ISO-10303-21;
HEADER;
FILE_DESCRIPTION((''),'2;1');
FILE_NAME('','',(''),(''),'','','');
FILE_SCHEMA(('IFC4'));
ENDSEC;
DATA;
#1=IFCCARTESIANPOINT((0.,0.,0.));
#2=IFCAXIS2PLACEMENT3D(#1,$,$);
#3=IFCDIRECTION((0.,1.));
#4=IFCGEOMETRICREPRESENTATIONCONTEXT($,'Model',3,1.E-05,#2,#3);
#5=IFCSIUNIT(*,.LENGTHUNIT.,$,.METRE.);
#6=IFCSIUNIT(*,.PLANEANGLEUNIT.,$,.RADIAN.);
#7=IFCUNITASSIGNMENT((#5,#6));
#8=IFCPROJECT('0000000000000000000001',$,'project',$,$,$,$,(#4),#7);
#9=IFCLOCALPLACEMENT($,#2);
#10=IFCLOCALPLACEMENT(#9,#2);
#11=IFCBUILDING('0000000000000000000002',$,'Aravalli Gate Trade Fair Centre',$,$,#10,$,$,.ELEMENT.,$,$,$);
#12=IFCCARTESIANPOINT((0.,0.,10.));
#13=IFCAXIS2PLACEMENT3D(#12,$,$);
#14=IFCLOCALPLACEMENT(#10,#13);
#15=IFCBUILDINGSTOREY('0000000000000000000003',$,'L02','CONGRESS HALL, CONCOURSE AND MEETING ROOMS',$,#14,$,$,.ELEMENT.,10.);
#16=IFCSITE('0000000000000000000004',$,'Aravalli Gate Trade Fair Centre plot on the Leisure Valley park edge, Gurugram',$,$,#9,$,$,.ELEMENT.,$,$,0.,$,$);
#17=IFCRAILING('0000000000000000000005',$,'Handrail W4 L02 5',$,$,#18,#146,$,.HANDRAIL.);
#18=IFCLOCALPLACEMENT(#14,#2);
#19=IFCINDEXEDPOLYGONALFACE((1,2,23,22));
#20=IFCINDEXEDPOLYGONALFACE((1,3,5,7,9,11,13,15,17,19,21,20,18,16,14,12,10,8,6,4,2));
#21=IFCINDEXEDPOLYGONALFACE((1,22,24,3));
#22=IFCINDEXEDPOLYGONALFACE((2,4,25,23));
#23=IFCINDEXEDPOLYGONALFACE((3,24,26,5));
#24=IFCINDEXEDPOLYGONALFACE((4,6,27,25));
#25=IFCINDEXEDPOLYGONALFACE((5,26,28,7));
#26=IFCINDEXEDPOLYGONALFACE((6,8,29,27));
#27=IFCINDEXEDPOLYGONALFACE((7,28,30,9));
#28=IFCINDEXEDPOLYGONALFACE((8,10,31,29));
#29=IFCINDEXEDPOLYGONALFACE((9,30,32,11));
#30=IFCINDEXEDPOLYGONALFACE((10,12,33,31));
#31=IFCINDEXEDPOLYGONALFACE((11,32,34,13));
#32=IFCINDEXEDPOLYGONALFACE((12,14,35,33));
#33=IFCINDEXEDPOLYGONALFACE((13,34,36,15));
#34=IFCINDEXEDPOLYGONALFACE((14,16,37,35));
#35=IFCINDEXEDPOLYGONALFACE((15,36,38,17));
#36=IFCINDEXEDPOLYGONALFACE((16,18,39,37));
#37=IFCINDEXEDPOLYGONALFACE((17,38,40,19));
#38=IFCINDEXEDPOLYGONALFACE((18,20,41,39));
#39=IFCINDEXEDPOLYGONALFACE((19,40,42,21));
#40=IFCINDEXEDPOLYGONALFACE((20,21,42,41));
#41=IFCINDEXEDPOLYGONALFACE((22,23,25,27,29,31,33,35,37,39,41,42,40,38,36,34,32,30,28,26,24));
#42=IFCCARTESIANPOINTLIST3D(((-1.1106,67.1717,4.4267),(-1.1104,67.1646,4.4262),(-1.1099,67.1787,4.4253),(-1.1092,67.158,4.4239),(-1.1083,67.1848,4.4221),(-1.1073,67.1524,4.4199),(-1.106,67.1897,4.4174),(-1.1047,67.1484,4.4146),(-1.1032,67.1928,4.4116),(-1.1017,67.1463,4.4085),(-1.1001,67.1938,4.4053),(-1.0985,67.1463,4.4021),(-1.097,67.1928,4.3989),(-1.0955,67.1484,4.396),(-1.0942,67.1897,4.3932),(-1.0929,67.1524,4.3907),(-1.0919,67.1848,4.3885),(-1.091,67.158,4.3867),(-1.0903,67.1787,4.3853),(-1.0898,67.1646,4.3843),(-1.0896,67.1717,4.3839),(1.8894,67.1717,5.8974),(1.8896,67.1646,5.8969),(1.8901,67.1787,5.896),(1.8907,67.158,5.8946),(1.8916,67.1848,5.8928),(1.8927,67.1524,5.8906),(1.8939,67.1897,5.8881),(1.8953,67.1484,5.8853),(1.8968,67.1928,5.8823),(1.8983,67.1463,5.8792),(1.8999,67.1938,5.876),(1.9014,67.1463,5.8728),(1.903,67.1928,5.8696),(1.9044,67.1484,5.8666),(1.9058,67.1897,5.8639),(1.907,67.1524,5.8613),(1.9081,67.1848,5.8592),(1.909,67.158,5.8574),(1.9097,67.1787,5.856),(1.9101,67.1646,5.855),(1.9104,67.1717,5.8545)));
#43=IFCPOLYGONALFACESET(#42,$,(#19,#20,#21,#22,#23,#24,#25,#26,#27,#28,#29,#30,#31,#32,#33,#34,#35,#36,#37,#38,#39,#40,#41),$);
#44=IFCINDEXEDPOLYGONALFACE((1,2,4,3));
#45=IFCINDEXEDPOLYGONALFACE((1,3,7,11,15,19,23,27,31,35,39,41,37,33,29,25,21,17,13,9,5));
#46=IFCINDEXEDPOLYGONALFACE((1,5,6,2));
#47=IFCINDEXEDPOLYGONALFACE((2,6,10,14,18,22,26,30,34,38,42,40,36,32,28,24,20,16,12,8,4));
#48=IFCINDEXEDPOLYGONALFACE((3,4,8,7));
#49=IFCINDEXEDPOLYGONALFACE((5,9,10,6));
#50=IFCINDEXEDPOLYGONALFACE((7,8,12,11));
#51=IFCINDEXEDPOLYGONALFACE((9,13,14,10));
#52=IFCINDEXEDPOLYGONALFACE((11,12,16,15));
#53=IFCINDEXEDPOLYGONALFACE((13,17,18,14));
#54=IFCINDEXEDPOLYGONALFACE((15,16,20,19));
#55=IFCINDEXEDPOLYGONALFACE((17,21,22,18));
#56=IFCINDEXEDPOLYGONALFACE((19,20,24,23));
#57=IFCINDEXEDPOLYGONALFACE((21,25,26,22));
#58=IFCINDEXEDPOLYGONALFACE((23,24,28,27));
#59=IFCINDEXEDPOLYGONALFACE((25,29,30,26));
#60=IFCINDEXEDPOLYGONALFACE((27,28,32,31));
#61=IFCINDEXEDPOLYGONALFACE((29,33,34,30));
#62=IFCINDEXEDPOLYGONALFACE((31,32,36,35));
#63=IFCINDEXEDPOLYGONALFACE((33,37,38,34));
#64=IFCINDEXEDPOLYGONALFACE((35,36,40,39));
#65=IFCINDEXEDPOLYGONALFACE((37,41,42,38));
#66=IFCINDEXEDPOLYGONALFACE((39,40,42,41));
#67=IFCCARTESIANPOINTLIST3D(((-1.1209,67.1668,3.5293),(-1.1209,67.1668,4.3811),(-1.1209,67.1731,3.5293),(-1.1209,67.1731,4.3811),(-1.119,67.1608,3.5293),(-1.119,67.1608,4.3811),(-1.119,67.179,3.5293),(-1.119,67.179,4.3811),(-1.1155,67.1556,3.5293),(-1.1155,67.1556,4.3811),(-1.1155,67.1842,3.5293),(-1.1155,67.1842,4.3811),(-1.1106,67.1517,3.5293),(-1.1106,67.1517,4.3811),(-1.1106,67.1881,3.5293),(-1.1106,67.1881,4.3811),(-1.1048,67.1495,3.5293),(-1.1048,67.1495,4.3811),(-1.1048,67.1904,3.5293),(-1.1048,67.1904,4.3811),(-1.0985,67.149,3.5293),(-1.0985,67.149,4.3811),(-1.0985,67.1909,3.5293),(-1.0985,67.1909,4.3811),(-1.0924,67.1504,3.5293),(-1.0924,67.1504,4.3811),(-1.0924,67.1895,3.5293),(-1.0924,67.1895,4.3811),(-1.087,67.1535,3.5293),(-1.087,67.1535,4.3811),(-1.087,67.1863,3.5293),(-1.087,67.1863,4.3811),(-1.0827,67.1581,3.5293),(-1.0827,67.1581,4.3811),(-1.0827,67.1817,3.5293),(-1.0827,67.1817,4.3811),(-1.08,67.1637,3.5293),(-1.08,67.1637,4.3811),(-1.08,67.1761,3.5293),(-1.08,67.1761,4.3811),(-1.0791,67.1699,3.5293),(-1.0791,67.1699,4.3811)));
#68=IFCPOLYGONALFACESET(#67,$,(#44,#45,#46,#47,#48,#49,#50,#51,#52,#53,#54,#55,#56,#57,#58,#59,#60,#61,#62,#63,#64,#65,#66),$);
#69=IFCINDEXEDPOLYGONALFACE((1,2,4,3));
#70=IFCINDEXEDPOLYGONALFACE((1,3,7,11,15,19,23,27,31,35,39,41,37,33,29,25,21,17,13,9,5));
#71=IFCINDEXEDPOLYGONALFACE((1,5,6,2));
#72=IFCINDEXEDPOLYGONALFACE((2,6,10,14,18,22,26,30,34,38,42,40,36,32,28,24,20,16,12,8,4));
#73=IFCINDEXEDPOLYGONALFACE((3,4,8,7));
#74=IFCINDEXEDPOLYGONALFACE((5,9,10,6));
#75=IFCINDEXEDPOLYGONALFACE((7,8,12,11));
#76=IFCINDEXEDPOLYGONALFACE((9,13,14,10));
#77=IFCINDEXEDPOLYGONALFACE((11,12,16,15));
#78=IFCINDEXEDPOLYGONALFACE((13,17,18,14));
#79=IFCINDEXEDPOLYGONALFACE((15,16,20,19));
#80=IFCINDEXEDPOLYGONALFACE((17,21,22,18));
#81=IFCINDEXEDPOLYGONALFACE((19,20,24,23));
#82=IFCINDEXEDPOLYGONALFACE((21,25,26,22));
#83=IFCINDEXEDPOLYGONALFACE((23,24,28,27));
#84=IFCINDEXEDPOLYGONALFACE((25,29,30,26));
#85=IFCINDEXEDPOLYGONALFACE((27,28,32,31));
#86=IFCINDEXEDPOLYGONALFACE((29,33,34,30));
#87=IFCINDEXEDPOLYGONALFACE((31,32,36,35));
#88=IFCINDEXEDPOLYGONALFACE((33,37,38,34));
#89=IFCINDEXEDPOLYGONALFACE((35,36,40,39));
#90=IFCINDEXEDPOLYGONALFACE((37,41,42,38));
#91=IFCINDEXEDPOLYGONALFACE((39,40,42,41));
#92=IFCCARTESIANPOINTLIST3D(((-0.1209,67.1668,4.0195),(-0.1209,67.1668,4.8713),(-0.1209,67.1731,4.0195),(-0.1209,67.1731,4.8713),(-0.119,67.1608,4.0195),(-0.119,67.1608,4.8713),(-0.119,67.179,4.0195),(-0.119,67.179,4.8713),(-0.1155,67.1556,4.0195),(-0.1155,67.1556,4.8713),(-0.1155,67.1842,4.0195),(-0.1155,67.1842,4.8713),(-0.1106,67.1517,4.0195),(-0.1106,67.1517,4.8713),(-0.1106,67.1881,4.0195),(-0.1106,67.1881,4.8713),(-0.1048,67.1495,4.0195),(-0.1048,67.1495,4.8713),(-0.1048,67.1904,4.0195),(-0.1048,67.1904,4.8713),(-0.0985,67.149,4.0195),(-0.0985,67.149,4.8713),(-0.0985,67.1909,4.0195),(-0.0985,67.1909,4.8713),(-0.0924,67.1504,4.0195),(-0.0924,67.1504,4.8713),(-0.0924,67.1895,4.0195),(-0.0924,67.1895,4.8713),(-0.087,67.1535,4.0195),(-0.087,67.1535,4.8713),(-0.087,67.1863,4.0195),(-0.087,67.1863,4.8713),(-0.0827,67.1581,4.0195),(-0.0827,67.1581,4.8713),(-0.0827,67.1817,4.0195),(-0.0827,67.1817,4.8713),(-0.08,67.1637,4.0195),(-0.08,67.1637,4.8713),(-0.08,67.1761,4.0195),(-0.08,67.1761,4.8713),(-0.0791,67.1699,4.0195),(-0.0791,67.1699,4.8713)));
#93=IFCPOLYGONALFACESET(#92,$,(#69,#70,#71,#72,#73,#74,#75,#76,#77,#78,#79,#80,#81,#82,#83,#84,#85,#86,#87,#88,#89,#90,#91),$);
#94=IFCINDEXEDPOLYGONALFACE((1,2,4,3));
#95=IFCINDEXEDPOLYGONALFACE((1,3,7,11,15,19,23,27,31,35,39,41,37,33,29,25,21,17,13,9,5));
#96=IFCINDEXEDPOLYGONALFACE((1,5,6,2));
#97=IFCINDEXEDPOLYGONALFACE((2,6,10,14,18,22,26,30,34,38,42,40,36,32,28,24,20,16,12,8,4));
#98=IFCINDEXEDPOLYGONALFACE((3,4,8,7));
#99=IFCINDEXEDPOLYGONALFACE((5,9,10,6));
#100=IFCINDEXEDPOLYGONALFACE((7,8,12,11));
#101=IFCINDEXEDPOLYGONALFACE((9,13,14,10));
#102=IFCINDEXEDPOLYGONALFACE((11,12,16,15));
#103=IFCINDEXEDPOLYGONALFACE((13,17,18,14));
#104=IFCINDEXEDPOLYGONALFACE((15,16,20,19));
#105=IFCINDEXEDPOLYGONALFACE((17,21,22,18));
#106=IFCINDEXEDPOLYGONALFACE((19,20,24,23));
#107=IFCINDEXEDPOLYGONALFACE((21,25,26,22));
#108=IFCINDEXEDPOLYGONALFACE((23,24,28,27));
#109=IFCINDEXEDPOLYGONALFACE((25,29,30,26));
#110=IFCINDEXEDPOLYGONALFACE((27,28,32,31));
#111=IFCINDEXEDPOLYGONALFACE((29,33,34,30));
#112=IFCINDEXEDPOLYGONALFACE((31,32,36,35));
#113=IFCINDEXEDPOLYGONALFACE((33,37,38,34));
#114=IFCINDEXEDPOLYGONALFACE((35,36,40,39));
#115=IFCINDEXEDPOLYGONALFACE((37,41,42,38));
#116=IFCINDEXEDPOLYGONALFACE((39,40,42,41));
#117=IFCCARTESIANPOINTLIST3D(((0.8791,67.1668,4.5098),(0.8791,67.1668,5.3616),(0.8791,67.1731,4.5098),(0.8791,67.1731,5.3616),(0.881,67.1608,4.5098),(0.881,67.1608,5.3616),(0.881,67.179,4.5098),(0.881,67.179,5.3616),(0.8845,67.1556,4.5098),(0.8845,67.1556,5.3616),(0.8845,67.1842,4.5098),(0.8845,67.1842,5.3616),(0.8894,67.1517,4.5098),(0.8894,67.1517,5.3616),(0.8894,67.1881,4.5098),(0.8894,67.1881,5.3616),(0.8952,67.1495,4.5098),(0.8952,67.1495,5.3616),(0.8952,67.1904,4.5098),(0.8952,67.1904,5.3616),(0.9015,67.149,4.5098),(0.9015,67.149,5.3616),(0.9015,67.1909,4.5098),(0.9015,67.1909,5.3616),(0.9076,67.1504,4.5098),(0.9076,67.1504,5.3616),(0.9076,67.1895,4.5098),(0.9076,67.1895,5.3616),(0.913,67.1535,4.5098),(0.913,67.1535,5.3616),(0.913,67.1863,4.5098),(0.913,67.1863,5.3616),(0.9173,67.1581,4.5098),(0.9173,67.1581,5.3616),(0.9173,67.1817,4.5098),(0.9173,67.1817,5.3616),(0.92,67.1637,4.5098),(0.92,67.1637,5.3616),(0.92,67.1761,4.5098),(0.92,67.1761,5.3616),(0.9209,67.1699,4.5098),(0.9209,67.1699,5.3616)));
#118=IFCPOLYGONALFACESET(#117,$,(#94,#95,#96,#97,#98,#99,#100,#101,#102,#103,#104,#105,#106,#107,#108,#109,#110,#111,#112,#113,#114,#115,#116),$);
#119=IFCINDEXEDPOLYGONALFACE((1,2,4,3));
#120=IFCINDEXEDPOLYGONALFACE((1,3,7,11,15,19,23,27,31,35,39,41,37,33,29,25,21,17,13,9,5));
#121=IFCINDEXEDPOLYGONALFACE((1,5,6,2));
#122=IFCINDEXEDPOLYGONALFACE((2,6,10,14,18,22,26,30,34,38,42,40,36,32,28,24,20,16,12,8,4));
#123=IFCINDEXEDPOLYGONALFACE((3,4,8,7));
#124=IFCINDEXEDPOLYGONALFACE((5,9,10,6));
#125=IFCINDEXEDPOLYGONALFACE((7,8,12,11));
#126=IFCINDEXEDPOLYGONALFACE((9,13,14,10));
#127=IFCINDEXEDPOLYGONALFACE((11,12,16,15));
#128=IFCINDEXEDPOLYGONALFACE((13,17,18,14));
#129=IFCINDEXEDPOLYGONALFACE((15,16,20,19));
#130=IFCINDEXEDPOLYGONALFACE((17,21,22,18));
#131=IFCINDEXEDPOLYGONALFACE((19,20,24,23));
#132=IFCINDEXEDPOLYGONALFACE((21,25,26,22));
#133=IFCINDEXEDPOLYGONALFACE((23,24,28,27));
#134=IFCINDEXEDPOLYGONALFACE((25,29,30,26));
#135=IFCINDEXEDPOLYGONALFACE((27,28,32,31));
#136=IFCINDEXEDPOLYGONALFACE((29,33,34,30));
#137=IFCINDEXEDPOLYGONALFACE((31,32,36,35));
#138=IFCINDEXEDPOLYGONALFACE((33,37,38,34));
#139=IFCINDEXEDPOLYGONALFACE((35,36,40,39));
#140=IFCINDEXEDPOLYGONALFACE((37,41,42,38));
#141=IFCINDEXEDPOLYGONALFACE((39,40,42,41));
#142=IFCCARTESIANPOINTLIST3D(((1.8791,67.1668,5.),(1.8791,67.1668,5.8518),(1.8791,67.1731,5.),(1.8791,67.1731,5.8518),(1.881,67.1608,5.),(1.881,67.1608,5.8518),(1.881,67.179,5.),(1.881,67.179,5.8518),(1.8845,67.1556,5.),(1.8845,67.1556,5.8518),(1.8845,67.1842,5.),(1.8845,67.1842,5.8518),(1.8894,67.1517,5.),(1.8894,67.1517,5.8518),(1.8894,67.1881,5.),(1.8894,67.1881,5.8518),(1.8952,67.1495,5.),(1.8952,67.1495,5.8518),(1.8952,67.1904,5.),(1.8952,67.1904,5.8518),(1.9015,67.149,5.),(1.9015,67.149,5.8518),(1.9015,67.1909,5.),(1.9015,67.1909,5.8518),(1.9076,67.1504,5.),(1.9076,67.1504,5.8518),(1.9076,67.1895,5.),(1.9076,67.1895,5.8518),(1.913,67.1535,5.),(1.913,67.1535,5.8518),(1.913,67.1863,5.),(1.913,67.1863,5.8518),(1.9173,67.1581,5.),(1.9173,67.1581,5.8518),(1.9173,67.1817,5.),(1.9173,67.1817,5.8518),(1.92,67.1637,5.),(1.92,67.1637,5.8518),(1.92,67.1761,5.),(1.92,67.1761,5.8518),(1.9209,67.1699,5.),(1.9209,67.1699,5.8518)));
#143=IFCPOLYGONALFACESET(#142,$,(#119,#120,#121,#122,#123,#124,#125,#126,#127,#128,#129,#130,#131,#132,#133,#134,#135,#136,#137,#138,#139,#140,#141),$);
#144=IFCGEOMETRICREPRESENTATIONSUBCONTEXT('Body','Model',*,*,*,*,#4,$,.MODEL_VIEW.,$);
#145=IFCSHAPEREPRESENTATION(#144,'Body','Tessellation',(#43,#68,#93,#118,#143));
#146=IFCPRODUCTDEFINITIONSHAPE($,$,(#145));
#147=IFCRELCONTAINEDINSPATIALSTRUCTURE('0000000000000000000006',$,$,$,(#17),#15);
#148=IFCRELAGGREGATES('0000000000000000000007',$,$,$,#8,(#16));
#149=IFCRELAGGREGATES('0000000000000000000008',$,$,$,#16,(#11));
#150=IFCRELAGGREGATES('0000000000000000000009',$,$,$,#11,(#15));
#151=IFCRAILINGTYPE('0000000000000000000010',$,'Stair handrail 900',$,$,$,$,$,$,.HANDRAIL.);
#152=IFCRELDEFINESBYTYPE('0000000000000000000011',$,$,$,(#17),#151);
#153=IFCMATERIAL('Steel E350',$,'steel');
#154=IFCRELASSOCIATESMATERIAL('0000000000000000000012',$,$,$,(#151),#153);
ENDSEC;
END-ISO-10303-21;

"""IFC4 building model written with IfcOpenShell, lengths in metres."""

from ifc_helpers import new_model, si_unit, direction, frame, origin, origin_2d, place, context, subcontext, project, spatial, circle, extrude, material, type_object, element, save


model = new_model("IFC4")

# Units and contexts
model_context = context("Model", 3, precision=1e-05, world=origin(), true_north=direction((0.0, 1.0)))
body_context = subcontext(model_context, "Body", "Model", "MODEL_VIEW")
ifc_project = project(units=[si_unit("LENGTHUNIT", "METRE"), si_unit("PLANEANGLEUNIT", "RADIAN")], contexts=[model_context])

# Site, building, storey
site_placement = place(None, origin())
site = spatial("IfcSite", under=ifc_project, at=site_placement, Name="Aravalli Gate Trade Fair Centre plot on the Leisure Valley park edge, Gurugram", CompositionType="ELEMENT", RefElevation=0.0)
building_placement = place(site_placement, origin())
building = spatial("IfcBuilding", under=site, at=building_placement, Name="Aravalli Gate Trade Fair Centre", CompositionType="ELEMENT")
storey_placement = place(building_placement, frame((0.0, 0.0, 10.0)))
storey = spatial("IfcBuildingStorey", under=building, at=storey_placement, Name="L02", Description="CONGRESS HALL, CONCOURSE AND MEETING ROOMS", CompositionType="ELEMENT", Elevation=10.0)

# Shared definitions
ifc_material_1 = material(Name="Steel E350", Category="steel")

# Railing
railing_type_1 = type_object("IfcRailingType", Name="Stair handrail 900", PredefinedType="HANDRAIL", material=ifc_material_1)
for number, where, name in (
    (1, (-1.1001, 67.1699, 3.5293), "Handrail W4 L02 5"),
):
    element("IfcRailing", number, at=place(storey_placement, frame(where)), inside=storey, type_object=railing_type_1, Name=name, PredefinedType="HANDRAIL", context=body_context, shape_type="SweptSolid", body=[
        extrude(circle(Radius=0.0239, at=origin_2d()), frame((0.0, 0.0, 0.876), z_axis=(0.897907, 0.0, 0.440185), x_axis=(0.0, 1.0, 0.0)), (0.0, 0.0, 1.0), 3.3411),
        extrude(circle(Radius=0.021, at=origin_2d()), origin(), (0.0, 0.0, 1.0), 0.8518),
        extrude(circle(Radius=0.021, at=origin_2d()), frame((1.0, 0.0, 0.4902)), (0.0, 0.0, 1.0), 0.8518),
        extrude(circle(Radius=0.021, at=origin_2d()), frame((2.0, 0.0, 0.9805)), (0.0, 0.0, 1.0), 0.8518),
        extrude(circle(Radius=0.021, at=origin_2d()), frame((3.0, 0.0, 1.4707)), (0.0, 0.0, 1.0), 0.8518),
    ])

save(model, "model.ifc")
